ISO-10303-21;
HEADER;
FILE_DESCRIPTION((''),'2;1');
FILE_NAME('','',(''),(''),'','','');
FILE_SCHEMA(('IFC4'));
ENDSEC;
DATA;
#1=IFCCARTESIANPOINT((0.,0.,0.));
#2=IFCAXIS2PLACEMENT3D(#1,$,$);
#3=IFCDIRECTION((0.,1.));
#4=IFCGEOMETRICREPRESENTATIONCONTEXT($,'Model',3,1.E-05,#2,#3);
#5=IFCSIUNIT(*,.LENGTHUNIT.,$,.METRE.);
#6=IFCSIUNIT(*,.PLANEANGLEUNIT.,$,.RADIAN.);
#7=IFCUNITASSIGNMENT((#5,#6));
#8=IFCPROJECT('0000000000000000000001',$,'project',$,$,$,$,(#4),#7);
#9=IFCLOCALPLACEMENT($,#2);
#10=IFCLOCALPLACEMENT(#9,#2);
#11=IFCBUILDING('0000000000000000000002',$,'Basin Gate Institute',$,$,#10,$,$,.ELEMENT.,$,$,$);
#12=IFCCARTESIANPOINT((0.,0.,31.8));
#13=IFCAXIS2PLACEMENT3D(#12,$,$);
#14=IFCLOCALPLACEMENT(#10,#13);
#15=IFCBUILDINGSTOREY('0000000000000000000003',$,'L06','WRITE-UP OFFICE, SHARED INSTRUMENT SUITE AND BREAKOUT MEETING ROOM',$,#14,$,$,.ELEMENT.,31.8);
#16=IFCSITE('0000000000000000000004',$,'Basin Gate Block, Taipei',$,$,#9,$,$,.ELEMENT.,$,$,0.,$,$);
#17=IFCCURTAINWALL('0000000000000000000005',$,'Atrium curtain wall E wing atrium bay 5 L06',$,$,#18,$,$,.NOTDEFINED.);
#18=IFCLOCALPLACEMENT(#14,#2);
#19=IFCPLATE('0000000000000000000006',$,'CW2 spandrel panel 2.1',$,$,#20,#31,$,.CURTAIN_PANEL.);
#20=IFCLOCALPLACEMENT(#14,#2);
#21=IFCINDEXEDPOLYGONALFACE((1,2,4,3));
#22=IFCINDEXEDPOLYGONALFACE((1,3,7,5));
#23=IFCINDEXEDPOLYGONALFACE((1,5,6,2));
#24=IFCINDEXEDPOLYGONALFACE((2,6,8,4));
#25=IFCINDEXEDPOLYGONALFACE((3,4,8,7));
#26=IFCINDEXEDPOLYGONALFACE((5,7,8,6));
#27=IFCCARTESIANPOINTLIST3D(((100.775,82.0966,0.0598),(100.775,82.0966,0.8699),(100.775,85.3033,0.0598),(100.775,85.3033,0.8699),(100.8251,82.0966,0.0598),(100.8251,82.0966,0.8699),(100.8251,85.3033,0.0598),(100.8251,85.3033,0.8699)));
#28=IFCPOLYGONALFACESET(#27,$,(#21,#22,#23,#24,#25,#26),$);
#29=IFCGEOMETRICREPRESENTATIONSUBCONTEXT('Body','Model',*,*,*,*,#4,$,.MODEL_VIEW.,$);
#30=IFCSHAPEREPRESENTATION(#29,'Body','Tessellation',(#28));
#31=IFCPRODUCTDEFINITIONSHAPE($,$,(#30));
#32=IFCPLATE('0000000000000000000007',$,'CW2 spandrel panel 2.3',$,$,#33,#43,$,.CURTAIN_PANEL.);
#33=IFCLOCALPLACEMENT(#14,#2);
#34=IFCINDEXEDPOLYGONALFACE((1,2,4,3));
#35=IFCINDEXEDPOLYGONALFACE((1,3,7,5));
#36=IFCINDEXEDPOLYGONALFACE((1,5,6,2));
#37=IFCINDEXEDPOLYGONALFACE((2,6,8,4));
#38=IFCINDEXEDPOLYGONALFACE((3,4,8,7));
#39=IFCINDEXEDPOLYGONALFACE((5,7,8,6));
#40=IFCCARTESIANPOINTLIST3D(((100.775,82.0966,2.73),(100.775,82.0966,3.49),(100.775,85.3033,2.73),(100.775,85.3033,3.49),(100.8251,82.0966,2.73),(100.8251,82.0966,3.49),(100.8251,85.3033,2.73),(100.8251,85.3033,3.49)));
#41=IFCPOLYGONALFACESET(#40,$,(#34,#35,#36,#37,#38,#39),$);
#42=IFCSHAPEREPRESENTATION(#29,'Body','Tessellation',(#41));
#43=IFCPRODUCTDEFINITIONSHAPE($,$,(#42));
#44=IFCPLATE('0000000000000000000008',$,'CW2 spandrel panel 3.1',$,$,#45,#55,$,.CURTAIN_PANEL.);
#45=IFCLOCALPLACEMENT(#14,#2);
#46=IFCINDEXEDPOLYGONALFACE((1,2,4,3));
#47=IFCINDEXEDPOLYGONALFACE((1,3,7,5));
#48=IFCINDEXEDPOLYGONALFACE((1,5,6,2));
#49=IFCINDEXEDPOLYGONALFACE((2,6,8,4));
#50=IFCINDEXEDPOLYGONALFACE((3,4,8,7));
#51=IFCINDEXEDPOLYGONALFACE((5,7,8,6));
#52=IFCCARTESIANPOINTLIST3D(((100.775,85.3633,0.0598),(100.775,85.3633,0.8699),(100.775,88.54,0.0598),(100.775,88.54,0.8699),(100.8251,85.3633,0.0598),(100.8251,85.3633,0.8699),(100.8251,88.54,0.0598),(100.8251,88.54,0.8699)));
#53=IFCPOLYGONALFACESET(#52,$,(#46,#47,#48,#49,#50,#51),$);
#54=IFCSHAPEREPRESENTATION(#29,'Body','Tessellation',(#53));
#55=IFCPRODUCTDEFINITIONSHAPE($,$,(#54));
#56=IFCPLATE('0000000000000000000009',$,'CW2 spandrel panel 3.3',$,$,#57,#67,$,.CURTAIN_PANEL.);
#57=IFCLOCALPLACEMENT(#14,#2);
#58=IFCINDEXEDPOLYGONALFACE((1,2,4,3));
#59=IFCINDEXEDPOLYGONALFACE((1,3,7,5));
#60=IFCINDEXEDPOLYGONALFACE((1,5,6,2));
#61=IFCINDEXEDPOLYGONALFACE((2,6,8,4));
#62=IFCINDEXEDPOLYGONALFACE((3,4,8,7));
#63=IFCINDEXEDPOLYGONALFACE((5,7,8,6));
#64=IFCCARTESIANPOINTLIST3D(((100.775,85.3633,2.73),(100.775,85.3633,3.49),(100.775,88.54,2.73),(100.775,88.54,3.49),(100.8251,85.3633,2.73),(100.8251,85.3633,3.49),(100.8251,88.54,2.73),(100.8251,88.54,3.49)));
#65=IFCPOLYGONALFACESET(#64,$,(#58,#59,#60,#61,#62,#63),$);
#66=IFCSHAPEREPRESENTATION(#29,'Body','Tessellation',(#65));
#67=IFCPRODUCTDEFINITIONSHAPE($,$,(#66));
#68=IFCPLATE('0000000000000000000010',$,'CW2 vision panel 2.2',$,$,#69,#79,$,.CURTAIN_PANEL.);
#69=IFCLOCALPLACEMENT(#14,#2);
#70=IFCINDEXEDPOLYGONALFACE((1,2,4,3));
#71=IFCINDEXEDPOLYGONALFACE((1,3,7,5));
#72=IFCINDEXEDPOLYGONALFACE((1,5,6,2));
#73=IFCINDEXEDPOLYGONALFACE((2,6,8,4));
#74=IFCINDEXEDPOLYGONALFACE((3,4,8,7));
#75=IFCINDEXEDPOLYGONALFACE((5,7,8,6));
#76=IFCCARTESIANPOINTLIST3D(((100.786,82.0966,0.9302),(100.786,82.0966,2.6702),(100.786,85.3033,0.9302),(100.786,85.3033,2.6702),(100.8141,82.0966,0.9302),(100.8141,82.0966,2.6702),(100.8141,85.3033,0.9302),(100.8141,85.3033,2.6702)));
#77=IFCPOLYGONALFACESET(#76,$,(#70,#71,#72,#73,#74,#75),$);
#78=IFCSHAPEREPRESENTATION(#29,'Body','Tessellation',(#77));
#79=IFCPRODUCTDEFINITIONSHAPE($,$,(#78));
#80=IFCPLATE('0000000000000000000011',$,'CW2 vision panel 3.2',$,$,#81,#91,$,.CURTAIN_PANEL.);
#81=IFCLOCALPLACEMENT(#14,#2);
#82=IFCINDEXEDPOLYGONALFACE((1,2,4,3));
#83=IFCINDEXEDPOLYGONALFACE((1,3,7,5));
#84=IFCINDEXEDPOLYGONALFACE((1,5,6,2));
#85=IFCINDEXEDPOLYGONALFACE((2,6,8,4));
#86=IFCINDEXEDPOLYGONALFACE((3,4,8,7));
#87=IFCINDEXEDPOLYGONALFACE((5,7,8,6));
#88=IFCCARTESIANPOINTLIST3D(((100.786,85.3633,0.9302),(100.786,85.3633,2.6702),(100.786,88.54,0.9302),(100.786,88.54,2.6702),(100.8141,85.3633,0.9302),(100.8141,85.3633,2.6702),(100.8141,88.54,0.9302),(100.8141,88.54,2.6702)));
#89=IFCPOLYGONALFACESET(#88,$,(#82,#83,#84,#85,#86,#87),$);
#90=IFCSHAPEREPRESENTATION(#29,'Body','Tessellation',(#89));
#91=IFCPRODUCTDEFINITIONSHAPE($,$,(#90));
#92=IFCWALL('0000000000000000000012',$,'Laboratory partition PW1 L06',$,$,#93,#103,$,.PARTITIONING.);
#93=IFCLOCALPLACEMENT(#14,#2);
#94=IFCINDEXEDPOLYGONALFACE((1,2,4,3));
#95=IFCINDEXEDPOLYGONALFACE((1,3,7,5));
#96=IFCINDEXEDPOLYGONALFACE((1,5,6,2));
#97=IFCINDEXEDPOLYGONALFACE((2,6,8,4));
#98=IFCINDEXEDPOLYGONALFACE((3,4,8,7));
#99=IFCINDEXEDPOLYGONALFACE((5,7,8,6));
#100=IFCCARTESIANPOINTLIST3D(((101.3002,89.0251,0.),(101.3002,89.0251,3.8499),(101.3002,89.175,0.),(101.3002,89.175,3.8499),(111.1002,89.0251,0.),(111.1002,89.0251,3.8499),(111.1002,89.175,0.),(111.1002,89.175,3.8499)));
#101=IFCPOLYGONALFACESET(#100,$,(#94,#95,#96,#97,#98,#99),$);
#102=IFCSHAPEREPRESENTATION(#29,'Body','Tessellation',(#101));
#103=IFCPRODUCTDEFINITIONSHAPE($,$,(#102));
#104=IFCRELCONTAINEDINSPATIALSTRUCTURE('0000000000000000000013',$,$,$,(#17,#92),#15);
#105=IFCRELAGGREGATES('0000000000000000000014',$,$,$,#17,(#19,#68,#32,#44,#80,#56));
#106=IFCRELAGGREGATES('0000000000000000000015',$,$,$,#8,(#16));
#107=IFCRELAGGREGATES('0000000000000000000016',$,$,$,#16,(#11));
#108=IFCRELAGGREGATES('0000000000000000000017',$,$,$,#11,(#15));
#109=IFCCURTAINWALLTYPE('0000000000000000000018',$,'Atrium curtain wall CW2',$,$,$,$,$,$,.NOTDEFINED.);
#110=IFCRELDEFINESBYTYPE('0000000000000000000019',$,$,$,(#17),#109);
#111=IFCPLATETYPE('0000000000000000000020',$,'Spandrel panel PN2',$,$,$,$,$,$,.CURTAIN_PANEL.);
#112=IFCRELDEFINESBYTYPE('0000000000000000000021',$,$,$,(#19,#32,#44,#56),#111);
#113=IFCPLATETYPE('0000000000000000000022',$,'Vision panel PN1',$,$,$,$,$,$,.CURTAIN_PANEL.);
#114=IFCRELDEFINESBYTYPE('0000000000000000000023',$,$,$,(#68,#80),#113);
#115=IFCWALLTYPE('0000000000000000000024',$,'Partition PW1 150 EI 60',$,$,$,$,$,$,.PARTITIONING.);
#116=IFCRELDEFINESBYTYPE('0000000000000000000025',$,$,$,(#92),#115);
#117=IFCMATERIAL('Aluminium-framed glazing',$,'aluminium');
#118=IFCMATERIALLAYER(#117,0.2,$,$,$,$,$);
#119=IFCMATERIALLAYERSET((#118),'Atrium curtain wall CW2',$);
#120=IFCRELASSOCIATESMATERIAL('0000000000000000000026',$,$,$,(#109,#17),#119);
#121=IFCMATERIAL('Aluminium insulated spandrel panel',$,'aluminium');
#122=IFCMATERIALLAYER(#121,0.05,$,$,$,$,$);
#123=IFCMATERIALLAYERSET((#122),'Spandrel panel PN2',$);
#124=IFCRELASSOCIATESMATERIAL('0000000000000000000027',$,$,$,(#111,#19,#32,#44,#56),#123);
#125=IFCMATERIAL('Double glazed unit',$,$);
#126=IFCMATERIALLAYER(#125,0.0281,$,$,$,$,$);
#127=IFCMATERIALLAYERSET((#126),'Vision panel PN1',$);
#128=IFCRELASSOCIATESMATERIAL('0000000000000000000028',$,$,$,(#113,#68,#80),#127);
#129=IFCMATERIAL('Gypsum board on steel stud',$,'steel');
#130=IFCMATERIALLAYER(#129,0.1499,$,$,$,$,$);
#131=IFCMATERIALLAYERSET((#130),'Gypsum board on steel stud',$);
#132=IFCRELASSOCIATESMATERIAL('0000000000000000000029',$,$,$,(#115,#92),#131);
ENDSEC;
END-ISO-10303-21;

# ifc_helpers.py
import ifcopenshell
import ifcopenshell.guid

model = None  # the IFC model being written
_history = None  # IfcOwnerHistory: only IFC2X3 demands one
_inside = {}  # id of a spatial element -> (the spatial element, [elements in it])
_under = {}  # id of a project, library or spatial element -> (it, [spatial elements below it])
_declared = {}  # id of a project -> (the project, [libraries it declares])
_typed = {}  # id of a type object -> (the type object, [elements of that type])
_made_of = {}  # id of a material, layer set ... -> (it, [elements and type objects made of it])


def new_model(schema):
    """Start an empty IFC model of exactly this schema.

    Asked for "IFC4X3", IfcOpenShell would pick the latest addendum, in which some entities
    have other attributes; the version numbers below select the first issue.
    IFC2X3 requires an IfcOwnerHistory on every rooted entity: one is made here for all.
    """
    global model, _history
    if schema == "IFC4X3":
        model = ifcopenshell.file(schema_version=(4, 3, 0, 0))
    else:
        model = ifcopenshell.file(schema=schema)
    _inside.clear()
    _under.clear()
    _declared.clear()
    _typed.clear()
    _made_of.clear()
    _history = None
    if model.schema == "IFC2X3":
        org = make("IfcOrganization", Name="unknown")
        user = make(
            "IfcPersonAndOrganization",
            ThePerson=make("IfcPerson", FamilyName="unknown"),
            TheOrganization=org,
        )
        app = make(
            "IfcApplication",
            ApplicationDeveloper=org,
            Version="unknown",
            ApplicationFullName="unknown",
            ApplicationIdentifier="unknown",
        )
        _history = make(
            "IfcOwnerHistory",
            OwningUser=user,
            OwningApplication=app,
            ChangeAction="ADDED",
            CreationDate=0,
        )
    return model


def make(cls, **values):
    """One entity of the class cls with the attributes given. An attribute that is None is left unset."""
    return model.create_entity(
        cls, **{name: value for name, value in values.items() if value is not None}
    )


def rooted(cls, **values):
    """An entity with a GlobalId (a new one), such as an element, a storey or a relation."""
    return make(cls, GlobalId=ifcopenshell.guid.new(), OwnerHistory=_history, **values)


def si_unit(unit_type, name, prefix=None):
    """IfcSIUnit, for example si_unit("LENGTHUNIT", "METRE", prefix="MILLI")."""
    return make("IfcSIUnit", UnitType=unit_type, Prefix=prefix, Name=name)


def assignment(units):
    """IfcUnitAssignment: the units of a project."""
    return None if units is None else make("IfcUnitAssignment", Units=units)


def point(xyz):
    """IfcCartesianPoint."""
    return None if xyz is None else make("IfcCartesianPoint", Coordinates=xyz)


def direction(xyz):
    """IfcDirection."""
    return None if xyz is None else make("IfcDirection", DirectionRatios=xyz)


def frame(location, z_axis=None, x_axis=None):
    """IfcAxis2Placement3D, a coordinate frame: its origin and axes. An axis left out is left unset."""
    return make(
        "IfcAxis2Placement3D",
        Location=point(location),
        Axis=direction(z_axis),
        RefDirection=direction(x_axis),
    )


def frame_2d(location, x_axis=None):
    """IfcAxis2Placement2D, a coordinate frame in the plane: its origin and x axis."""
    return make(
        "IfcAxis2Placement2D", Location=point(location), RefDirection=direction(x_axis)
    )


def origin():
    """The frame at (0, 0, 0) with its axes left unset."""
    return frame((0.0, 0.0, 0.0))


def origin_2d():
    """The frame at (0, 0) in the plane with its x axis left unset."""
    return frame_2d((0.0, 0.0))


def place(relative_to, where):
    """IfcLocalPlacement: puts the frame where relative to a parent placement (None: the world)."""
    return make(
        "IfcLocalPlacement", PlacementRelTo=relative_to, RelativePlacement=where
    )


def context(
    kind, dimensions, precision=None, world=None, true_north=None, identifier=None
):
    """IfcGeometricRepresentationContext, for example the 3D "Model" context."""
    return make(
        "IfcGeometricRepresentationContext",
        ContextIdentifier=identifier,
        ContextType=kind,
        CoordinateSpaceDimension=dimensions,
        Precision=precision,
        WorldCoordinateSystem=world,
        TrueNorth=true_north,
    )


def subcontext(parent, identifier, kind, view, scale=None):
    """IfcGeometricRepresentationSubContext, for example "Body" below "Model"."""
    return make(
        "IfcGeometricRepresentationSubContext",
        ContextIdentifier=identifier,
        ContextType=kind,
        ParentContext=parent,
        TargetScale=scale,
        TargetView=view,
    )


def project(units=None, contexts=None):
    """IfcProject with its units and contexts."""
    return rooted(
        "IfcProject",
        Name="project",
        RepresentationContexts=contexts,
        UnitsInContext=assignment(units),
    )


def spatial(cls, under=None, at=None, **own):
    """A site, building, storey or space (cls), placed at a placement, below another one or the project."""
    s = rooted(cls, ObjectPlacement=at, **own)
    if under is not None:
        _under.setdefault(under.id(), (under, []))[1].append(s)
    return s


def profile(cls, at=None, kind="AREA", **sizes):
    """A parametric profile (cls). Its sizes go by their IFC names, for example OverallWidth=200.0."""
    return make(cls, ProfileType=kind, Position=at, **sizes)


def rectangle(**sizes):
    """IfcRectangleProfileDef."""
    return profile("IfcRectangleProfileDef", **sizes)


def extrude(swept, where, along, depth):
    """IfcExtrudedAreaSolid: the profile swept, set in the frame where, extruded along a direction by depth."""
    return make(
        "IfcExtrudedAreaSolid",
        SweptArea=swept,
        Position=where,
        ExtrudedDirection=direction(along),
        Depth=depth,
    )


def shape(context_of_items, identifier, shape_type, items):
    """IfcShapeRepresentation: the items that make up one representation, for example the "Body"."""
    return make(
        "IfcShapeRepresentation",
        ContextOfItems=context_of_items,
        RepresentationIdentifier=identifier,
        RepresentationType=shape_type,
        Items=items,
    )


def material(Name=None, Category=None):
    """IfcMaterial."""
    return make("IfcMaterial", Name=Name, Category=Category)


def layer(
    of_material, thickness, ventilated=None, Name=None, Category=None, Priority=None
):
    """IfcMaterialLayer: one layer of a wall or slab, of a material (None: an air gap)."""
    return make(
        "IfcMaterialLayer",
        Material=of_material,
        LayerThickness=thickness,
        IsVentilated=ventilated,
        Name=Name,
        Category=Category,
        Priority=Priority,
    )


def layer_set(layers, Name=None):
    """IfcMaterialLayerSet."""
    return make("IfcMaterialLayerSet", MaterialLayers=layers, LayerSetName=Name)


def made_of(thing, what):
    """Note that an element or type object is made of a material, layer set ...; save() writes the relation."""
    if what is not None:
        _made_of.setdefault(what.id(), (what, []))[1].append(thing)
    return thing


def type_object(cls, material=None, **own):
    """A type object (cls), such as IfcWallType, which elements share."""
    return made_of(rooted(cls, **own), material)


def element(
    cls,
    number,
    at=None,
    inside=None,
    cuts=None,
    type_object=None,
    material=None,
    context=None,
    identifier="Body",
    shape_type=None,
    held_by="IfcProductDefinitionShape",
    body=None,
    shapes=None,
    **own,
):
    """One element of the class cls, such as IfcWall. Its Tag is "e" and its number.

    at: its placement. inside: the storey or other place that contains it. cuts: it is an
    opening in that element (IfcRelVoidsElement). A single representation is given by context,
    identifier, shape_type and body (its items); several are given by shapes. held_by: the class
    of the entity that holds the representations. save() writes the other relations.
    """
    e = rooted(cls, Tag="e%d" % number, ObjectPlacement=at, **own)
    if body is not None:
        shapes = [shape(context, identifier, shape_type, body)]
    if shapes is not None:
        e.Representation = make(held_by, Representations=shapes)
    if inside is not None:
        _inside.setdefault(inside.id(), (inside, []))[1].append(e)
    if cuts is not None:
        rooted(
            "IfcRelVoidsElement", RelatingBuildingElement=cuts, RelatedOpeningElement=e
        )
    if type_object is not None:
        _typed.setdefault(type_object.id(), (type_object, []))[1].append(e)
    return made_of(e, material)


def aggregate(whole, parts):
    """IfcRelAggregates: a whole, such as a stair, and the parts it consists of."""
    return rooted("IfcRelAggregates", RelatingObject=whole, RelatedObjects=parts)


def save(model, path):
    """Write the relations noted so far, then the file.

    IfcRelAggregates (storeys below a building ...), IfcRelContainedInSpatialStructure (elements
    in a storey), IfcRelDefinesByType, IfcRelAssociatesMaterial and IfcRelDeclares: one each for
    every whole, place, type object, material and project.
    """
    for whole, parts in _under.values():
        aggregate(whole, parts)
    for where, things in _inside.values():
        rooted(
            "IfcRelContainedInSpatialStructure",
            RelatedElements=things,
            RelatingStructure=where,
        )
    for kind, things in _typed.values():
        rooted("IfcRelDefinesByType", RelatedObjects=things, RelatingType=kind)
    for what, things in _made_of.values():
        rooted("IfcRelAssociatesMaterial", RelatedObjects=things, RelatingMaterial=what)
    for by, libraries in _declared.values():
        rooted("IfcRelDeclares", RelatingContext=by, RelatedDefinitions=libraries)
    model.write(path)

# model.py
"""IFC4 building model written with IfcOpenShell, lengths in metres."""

from ifc_helpers import new_model, si_unit, direction, frame, frame_2d, origin, origin_2d, place, context, subcontext, project, spatial, rectangle, extrude, material, layer, layer_set, type_object, element, aggregate, save


model = new_model("IFC4")

# Units and contexts
model_context = context("Model", 3, precision=1e-05, world=origin(), true_north=direction((0.0, 1.0)))
body_context = subcontext(model_context, "Body", "Model", "MODEL_VIEW")
ifc_project = project(units=[si_unit("LENGTHUNIT", "METRE"), si_unit("PLANEANGLEUNIT", "RADIAN")], contexts=[model_context])

# Site, building, storey
site_placement = place(None, origin())
site = spatial("IfcSite", under=ifc_project, at=site_placement, Name="Basin Gate Block, Taipei", CompositionType="ELEMENT", RefElevation=0.0)
building_placement = place(site_placement, origin())
building = spatial("IfcBuilding", under=site, at=building_placement, Name="Basin Gate Institute", CompositionType="ELEMENT")
storey_placement = place(building_placement, frame((0.0, 0.0, 31.8)))
storey = spatial("IfcBuildingStorey", under=building, at=storey_placement, Name="L06", Description="WRITE-UP OFFICE, SHARED INSTRUMENT SUITE AND BREAKOUT MEETING ROOM", CompositionType="ELEMENT", Elevation=31.8)

# Curtain wall
ifc_material_1 = material(Name="Aluminium-framed glazing", Category="aluminium")
ifc_layer_1 = layer(ifc_material_1, 0.2)
ifc_layer_set_1 = layer_set([ifc_layer_1], Name="Atrium curtain wall CW2")
curtain_wall_type = type_object("IfcCurtainWallType", Name="Atrium curtain wall CW2", PredefinedType="NOTDEFINED", material=ifc_layer_set_1)
curtain_wall_placement = place(storey_placement, origin())
curtain_wall = element("IfcCurtainWall", 1, at=curtain_wall_placement, inside=storey, type_object=curtain_wall_type, material=ifc_layer_set_1, Name="Atrium curtain wall E wing atrium bay 5 L06", PredefinedType="NOTDEFINED")

# Plates
ifc_material_2 = material(Name="Aluminium insulated spandrel panel", Category="aluminium")
ifc_layer_2 = layer(ifc_material_2, 0.05)
ifc_layer_set_2 = layer_set([ifc_layer_2], Name="Spandrel panel PN2")
plate_type_1 = type_object("IfcPlateType", Name="Spandrel panel PN2", PredefinedType="CURTAIN_PANEL", material=ifc_layer_set_2)
plate_1_placement = place(storey_placement, frame((100.8, 83.7, 0.0598), z_axis=(0.0, 0.0, 1.0), x_axis=(0.0, 1.0, 0.0)))
plate_1 = element("IfcPlate", 2, at=plate_1_placement, type_object=plate_type_1, material=ifc_layer_set_2, Name="CW2 spandrel panel 2.1", PredefinedType="CURTAIN_PANEL", context=body_context, shape_type="SweptSolid", body=[
    extrude(rectangle(XDim=3.2068, YDim=0.05, at=origin_2d()), origin(), (0.0, 0.0, 1.0), 0.8101),
])
plate_2_placement = place(storey_placement, frame((100.8, 83.7, 2.73), z_axis=(0.0, 0.0, 1.0), x_axis=(0.0, 1.0, 0.0)))
plate_2 = element("IfcPlate", 3, at=plate_2_placement, type_object=plate_type_1, material=ifc_layer_set_2, Name="CW2 spandrel panel 2.3", PredefinedType="CURTAIN_PANEL", context=body_context, shape_type="SweptSolid", body=[
    extrude(rectangle(XDim=3.2068, YDim=0.05, at=origin_2d()), origin(), (0.0, 0.0, 1.0), 0.76),
])
plate_3_placement = place(storey_placement, frame((100.8, 86.9517, 0.0598), z_axis=(0.0, 0.0, 1.0), x_axis=(0.0, 1.0, 0.0)))
plate_3 = element("IfcPlate", 4, at=plate_3_placement, type_object=plate_type_1, material=ifc_layer_set_2, Name="CW2 spandrel panel 3.1", PredefinedType="CURTAIN_PANEL", context=body_context, shape_type="SweptSolid", body=[
    extrude(rectangle(XDim=3.1768, YDim=0.05, at=origin_2d()), origin(), (0.0, 0.0, 1.0), 0.8101),
])
plate_4_placement = place(storey_placement, frame((100.8, 86.9517, 2.73), z_axis=(0.0, 0.0, 1.0), x_axis=(0.0, 1.0, 0.0)))
plate_4 = element("IfcPlate", 5, at=plate_4_placement, type_object=plate_type_1, material=ifc_layer_set_2, Name="CW2 spandrel panel 3.3", PredefinedType="CURTAIN_PANEL", context=body_context, shape_type="SweptSolid", body=[
    extrude(rectangle(XDim=3.1768, YDim=0.05, at=origin_2d()), origin(), (0.0, 0.0, 1.0), 0.76),
])
ifc_material_3 = material(Name="Double glazed unit")
ifc_layer_3 = layer(ifc_material_3, 0.0281)
ifc_layer_set_3 = layer_set([ifc_layer_3], Name="Vision panel PN1")
plate_type_2 = type_object("IfcPlateType", Name="Vision panel PN1", PredefinedType="CURTAIN_PANEL", material=ifc_layer_set_3)
plate_5_placement = place(storey_placement, frame((100.8, 83.7, 0.9302), z_axis=(0.0, 0.0, 1.0), x_axis=(0.0, 1.0, 0.0)))
plate_5 = element("IfcPlate", 6, at=plate_5_placement, type_object=plate_type_2, material=ifc_layer_set_3, Name="CW2 vision panel 2.2", PredefinedType="CURTAIN_PANEL", context=body_context, shape_type="SweptSolid", body=[
    extrude(rectangle(XDim=3.2068, YDim=0.0281, at=origin_2d()), origin(), (0.0, 0.0, 1.0), 1.74),
])
plate_6_placement = place(storey_placement, frame((100.8, 86.9517, 0.9302), z_axis=(0.0, 0.0, 1.0), x_axis=(0.0, 1.0, 0.0)))
plate_6 = element("IfcPlate", 7, at=plate_6_placement, type_object=plate_type_2, material=ifc_layer_set_3, Name="CW2 vision panel 3.2", PredefinedType="CURTAIN_PANEL", context=body_context, shape_type="SweptSolid", body=[
    extrude(rectangle(XDim=3.1768, YDim=0.0281, at=origin_2d()), origin(), (0.0, 0.0, 1.0), 1.74),
])
aggregate(curtain_wall, [plate_1, plate_5, plate_2, plate_3, plate_6, plate_4])

# Wall
ifc_material_4 = material(Name="Gypsum board on steel stud", Category="steel")
ifc_layer_4 = layer(ifc_material_4, 0.1499)
ifc_layer_set_4 = layer_set([ifc_layer_4], Name="Gypsum board on steel stud")
wall_type = type_object("IfcWallType", Name="Partition PW1 150 EI 60", PredefinedType="PARTITIONING", material=ifc_layer_set_4)
wall_placement = place(storey_placement, frame((111.1001, 89.1001, 0.0), z_axis=(0.0, 0.0, 1.0), x_axis=(-1.0, 0.0, 0.0)))
element("IfcWall", 8, at=wall_placement, inside=storey, type_object=wall_type, material=ifc_layer_set_4, Name="Laboratory partition PW1 L06", PredefinedType="PARTITIONING", context=body_context, shape_type="SweptSolid", body=[
    extrude(rectangle(XDim=9.8, YDim=0.1499, at=frame_2d((4.8999, 0.0))), origin(), (0.0, 0.0, 1.0), 3.8499),
])

save(model, "model.ifc")
